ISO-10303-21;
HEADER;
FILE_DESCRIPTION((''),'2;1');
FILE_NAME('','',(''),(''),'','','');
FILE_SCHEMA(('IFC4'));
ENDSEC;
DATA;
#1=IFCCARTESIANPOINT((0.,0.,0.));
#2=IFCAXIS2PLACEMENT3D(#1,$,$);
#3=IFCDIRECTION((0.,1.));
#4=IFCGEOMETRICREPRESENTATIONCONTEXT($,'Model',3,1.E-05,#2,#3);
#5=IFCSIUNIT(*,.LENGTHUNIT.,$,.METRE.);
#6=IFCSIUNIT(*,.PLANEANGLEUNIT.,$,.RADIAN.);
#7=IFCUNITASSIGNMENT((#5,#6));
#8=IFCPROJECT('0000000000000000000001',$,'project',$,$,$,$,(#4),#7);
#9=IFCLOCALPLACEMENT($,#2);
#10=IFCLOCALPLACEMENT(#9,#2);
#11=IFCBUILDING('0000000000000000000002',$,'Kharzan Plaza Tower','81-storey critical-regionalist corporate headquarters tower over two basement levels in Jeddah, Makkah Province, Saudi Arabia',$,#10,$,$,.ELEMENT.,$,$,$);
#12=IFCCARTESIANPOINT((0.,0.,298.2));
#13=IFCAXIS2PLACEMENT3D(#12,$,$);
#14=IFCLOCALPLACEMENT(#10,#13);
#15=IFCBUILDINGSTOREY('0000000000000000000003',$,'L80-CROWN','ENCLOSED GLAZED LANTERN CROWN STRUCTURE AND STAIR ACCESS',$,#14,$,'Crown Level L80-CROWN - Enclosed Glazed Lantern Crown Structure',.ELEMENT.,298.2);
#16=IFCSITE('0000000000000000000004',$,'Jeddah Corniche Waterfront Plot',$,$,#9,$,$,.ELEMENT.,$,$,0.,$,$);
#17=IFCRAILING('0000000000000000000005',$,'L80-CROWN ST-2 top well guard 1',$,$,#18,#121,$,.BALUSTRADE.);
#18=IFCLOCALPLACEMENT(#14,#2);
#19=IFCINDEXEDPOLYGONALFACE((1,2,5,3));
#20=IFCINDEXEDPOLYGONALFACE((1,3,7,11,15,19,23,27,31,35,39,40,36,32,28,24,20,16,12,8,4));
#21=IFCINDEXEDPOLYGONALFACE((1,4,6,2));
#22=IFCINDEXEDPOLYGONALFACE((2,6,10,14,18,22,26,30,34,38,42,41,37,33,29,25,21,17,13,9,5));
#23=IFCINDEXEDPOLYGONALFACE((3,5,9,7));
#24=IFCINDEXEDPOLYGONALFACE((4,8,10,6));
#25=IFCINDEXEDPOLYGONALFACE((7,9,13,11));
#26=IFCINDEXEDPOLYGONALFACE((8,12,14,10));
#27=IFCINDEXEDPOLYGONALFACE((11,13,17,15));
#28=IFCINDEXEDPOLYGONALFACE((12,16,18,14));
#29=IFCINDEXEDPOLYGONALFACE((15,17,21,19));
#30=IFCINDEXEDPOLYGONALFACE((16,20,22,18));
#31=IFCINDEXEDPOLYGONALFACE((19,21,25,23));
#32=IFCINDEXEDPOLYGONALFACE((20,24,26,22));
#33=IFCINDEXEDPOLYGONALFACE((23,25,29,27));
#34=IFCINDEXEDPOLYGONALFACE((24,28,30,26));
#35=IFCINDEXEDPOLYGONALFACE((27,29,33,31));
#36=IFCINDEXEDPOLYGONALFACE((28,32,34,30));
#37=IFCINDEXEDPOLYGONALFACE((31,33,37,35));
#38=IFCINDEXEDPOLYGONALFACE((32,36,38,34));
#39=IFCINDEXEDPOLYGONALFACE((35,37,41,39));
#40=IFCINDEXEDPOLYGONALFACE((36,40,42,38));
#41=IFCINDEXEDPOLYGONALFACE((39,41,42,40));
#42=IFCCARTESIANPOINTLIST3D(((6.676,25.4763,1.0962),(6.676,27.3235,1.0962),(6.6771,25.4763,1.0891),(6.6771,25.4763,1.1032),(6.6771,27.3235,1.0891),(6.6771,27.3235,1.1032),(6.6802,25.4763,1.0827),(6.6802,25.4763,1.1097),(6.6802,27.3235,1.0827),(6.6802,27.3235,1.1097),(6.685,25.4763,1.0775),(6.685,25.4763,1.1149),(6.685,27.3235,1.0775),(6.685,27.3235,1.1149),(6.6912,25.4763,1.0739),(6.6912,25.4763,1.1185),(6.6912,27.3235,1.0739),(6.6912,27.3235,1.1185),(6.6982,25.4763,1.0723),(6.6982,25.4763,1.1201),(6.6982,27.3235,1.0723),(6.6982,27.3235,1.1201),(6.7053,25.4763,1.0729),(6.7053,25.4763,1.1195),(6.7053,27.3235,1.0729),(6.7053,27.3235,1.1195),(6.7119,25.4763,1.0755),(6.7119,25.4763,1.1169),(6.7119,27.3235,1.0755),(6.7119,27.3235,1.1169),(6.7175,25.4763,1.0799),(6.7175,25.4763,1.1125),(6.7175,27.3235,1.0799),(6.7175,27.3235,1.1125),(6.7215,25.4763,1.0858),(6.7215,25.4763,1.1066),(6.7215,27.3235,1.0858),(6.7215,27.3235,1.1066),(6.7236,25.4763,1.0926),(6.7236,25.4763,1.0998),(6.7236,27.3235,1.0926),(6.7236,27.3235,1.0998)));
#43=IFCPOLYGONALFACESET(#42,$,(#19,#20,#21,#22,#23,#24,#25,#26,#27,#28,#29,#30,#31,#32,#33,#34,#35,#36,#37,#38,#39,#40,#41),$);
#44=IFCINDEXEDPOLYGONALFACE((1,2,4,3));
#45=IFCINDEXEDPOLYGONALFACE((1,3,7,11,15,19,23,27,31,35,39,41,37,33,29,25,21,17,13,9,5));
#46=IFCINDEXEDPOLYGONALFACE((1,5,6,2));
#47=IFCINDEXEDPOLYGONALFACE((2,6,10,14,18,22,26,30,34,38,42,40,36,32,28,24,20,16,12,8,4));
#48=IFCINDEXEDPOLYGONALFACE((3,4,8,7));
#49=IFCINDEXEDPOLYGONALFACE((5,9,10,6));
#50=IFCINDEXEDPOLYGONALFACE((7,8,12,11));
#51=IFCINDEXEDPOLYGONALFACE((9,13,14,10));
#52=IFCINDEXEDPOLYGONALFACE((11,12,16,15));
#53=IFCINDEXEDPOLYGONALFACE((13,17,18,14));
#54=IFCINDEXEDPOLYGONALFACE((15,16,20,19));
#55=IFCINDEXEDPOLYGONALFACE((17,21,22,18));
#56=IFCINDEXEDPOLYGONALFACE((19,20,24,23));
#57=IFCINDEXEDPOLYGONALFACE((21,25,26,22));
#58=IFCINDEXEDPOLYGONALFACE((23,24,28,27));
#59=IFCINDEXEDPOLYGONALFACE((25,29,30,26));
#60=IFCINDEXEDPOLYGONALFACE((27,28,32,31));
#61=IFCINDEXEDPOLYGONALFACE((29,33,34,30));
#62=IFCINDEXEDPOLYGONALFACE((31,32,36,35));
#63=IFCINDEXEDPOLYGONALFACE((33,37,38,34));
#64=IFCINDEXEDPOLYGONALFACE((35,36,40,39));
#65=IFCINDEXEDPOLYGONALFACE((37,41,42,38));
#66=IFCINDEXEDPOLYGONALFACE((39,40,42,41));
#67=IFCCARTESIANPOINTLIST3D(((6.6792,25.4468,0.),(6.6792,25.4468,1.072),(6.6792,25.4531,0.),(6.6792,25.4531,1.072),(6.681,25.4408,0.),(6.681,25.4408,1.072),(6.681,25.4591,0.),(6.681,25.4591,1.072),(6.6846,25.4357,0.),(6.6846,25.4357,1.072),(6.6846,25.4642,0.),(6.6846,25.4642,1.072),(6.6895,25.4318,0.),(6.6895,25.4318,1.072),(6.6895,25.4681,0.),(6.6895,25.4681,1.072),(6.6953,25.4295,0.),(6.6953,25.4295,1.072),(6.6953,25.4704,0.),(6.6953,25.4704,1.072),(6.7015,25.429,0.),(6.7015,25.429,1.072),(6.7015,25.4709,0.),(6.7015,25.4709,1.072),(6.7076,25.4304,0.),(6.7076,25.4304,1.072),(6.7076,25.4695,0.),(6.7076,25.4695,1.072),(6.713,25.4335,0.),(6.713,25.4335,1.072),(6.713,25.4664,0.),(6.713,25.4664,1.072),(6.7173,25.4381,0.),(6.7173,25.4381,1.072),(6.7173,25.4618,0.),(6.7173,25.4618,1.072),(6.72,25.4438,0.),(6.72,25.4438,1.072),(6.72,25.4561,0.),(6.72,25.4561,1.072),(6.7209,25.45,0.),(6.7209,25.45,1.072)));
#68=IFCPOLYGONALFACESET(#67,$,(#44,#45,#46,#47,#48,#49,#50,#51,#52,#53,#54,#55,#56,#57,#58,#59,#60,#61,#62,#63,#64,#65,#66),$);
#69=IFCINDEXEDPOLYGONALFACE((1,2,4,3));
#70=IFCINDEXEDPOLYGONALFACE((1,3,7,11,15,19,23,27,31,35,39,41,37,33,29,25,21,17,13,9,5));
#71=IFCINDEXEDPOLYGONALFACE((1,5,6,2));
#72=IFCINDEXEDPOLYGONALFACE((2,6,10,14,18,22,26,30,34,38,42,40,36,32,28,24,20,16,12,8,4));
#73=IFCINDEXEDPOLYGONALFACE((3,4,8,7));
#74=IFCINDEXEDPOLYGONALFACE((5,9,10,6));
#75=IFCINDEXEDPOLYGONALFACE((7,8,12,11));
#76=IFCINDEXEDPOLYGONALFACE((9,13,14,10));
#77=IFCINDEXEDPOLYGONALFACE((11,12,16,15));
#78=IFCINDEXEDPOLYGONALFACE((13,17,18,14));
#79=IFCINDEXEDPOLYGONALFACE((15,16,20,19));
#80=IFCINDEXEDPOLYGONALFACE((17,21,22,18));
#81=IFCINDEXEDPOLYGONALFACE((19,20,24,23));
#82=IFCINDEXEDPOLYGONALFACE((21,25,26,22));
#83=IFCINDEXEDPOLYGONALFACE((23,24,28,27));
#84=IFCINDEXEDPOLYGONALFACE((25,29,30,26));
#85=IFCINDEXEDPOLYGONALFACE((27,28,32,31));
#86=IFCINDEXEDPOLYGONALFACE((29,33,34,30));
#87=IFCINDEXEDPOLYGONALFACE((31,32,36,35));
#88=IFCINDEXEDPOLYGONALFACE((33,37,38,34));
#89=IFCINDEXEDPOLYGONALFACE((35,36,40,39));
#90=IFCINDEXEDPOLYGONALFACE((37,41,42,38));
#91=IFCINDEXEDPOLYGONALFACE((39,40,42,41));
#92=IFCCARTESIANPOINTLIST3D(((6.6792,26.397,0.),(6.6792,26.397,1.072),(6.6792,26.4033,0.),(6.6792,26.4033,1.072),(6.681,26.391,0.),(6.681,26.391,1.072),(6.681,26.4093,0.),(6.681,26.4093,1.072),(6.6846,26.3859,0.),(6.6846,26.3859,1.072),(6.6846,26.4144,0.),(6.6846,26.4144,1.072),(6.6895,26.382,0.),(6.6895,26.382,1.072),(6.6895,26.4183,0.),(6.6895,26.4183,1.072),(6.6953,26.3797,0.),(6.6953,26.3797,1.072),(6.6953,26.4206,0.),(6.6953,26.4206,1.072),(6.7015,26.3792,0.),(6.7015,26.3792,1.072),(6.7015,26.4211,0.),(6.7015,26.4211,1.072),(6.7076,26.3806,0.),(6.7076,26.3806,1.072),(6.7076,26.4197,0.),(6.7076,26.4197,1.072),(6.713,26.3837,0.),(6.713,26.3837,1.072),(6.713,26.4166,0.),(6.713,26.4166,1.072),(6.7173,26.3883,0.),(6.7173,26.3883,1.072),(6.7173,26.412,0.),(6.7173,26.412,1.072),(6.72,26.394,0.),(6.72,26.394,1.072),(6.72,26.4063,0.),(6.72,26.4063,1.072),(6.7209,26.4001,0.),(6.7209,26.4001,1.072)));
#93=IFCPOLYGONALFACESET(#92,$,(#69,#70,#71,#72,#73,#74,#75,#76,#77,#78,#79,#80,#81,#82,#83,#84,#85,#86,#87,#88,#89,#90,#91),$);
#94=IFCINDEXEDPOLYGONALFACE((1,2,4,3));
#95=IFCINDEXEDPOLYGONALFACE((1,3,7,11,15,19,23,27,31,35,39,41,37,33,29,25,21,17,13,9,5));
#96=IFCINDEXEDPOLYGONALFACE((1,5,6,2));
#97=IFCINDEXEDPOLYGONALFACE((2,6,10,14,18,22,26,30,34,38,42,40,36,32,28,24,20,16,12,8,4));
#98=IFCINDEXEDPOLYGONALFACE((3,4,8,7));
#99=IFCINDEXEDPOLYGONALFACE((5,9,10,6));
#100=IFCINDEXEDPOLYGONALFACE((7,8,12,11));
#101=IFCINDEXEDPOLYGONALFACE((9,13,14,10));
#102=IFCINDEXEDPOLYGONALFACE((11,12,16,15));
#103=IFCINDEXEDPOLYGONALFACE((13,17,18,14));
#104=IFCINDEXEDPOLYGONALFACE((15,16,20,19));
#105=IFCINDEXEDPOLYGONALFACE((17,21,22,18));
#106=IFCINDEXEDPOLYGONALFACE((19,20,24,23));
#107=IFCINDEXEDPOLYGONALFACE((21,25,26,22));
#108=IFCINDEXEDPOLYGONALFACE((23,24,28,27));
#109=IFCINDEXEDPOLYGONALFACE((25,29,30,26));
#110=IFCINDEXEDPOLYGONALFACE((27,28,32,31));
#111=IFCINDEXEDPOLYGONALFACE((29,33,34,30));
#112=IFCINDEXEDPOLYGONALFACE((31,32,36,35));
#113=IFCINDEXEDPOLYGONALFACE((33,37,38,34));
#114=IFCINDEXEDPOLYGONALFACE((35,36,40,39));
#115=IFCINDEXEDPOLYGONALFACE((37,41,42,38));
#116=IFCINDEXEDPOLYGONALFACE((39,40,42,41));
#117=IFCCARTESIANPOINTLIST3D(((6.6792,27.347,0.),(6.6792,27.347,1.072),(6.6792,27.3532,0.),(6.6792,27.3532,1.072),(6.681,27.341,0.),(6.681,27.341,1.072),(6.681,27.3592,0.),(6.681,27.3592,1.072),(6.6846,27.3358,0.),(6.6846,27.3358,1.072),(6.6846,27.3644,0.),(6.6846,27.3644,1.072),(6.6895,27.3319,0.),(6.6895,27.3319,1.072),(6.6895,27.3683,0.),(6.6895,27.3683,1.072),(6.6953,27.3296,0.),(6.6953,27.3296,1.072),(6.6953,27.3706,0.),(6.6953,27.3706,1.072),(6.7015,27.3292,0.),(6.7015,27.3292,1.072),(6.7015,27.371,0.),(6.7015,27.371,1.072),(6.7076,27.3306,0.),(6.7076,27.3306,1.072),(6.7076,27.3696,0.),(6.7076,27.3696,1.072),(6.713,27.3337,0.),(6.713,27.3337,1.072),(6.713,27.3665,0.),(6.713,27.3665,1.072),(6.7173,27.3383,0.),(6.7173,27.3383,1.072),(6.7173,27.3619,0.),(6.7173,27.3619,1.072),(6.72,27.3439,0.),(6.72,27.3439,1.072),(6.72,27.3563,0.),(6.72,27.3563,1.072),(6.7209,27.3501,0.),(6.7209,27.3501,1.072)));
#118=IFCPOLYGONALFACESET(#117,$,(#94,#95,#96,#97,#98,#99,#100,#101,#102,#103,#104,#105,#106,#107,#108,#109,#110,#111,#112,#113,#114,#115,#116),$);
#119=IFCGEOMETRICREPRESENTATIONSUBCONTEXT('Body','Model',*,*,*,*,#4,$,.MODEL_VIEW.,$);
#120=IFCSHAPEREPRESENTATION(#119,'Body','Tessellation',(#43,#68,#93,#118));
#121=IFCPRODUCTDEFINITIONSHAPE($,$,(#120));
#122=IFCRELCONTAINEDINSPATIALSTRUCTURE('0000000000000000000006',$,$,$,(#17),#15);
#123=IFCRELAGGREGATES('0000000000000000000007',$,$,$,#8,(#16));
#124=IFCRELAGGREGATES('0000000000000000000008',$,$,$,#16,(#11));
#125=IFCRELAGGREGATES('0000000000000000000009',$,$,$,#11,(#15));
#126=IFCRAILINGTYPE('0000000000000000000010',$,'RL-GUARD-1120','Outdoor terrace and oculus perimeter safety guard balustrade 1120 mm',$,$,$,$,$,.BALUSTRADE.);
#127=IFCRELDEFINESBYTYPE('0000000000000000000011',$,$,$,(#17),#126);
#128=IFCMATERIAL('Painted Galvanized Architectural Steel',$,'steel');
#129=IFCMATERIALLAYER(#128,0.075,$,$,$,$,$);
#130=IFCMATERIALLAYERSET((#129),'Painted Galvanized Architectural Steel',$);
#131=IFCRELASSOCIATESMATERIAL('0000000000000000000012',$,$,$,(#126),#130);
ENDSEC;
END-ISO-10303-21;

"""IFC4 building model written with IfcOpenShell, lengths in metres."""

from ifc_helpers import new_model, si_unit, direction, frame, origin, origin_2d, place, context, subcontext, project, spatial, circle, extrude, source, transform, mapped, material, layer, layer_set, type_object, element, save


model = new_model("IFC4")

# Units and contexts
model_context = context("Model", 3, precision=1e-05, world=origin(), true_north=direction((0.0, 1.0)))
body_context = subcontext(model_context, "Body", "Model", "MODEL_VIEW")
ifc_project = project(units=[si_unit("LENGTHUNIT", "METRE"), si_unit("PLANEANGLEUNIT", "RADIAN")], contexts=[model_context])

# Site, building, storey
site_placement = place(None, origin())
site = spatial("IfcSite", under=ifc_project, at=site_placement, Name="Jeddah Corniche Waterfront Plot", CompositionType="ELEMENT", RefElevation=0.0)
building_placement = place(site_placement, origin())
building = spatial("IfcBuilding", under=site, at=building_placement, Name="Kharzan Plaza Tower", Description="81-storey critical-regionalist corporate headquarters tower over two basement levels in Jeddah, Makkah Province, Saudi Arabia", CompositionType="ELEMENT")
storey_placement = place(building_placement, frame((0.0, 0.0, 298.2)))
storey = spatial("IfcBuildingStorey", under=building, at=storey_placement, Name="L80-CROWN", Description="ENCLOSED GLAZED LANTERN CROWN STRUCTURE AND STAIR ACCESS", LongName="Crown Level L80-CROWN - Enclosed Glazed Lantern Crown Structure", CompositionType="ELEMENT", Elevation=298.2)

# Railing
ifc_material_1 = material(Name="Painted Galvanized Architectural Steel", Category="steel")
ifc_layer_1 = layer(ifc_material_1, 0.075)
ifc_layer_set_1 = layer_set([ifc_layer_1], Name="Painted Galvanized Architectural Steel")
railing_type = type_object("IfcRailingType", Name="RL-GUARD-1120", Description="Outdoor terrace and oculus perimeter safety guard balustrade 1120 mm", PredefinedType="BALUSTRADE", material=ifc_layer_set_1)
shared_shape_1 = source(origin(), body_context, "Body", "SweptSolid", [
    extrude(circle(Radius=0.0239, at=origin_2d()), frame((0.0, 0.0264, 1.0962), z_axis=(0.0, 1.0, 0.0), x_axis=(-1.0, 0.0, 0.0)), (0.0, 0.0, 1.0), 1.8472),
    extrude(circle(Radius=0.021, at=origin_2d()), origin(), (0.0, 0.0, 1.0), 1.072),
    extrude(circle(Radius=0.021, at=origin_2d()), frame((0.0, 0.9502, 0.0)), (0.0, 0.0, 1.0), 1.072),
    extrude(circle(Radius=0.021, at=origin_2d()), frame((0.0, 1.9001, 0.0)), (0.0, 0.0, 1.0), 1.072),
])
railing_placement = place(storey_placement, frame((6.7, 25.45, 0.0)))
element("IfcRailing", 1, at=railing_placement, inside=storey, type_object=railing_type, Name="L80-CROWN ST-2 top well guard 1", PredefinedType="BALUSTRADE", context=body_context, shape_type="MappedRepresentation", body=[
    mapped(shared_shape_1, transform((0.0, 0.0, 0.0), x_axis=(1.0, 0.0, 0.0), y_axis=(0.0, 1.0, 0.0), z_axis=(0.0, 0.0, 1.0))),
])

save(model, "model.ifc")
